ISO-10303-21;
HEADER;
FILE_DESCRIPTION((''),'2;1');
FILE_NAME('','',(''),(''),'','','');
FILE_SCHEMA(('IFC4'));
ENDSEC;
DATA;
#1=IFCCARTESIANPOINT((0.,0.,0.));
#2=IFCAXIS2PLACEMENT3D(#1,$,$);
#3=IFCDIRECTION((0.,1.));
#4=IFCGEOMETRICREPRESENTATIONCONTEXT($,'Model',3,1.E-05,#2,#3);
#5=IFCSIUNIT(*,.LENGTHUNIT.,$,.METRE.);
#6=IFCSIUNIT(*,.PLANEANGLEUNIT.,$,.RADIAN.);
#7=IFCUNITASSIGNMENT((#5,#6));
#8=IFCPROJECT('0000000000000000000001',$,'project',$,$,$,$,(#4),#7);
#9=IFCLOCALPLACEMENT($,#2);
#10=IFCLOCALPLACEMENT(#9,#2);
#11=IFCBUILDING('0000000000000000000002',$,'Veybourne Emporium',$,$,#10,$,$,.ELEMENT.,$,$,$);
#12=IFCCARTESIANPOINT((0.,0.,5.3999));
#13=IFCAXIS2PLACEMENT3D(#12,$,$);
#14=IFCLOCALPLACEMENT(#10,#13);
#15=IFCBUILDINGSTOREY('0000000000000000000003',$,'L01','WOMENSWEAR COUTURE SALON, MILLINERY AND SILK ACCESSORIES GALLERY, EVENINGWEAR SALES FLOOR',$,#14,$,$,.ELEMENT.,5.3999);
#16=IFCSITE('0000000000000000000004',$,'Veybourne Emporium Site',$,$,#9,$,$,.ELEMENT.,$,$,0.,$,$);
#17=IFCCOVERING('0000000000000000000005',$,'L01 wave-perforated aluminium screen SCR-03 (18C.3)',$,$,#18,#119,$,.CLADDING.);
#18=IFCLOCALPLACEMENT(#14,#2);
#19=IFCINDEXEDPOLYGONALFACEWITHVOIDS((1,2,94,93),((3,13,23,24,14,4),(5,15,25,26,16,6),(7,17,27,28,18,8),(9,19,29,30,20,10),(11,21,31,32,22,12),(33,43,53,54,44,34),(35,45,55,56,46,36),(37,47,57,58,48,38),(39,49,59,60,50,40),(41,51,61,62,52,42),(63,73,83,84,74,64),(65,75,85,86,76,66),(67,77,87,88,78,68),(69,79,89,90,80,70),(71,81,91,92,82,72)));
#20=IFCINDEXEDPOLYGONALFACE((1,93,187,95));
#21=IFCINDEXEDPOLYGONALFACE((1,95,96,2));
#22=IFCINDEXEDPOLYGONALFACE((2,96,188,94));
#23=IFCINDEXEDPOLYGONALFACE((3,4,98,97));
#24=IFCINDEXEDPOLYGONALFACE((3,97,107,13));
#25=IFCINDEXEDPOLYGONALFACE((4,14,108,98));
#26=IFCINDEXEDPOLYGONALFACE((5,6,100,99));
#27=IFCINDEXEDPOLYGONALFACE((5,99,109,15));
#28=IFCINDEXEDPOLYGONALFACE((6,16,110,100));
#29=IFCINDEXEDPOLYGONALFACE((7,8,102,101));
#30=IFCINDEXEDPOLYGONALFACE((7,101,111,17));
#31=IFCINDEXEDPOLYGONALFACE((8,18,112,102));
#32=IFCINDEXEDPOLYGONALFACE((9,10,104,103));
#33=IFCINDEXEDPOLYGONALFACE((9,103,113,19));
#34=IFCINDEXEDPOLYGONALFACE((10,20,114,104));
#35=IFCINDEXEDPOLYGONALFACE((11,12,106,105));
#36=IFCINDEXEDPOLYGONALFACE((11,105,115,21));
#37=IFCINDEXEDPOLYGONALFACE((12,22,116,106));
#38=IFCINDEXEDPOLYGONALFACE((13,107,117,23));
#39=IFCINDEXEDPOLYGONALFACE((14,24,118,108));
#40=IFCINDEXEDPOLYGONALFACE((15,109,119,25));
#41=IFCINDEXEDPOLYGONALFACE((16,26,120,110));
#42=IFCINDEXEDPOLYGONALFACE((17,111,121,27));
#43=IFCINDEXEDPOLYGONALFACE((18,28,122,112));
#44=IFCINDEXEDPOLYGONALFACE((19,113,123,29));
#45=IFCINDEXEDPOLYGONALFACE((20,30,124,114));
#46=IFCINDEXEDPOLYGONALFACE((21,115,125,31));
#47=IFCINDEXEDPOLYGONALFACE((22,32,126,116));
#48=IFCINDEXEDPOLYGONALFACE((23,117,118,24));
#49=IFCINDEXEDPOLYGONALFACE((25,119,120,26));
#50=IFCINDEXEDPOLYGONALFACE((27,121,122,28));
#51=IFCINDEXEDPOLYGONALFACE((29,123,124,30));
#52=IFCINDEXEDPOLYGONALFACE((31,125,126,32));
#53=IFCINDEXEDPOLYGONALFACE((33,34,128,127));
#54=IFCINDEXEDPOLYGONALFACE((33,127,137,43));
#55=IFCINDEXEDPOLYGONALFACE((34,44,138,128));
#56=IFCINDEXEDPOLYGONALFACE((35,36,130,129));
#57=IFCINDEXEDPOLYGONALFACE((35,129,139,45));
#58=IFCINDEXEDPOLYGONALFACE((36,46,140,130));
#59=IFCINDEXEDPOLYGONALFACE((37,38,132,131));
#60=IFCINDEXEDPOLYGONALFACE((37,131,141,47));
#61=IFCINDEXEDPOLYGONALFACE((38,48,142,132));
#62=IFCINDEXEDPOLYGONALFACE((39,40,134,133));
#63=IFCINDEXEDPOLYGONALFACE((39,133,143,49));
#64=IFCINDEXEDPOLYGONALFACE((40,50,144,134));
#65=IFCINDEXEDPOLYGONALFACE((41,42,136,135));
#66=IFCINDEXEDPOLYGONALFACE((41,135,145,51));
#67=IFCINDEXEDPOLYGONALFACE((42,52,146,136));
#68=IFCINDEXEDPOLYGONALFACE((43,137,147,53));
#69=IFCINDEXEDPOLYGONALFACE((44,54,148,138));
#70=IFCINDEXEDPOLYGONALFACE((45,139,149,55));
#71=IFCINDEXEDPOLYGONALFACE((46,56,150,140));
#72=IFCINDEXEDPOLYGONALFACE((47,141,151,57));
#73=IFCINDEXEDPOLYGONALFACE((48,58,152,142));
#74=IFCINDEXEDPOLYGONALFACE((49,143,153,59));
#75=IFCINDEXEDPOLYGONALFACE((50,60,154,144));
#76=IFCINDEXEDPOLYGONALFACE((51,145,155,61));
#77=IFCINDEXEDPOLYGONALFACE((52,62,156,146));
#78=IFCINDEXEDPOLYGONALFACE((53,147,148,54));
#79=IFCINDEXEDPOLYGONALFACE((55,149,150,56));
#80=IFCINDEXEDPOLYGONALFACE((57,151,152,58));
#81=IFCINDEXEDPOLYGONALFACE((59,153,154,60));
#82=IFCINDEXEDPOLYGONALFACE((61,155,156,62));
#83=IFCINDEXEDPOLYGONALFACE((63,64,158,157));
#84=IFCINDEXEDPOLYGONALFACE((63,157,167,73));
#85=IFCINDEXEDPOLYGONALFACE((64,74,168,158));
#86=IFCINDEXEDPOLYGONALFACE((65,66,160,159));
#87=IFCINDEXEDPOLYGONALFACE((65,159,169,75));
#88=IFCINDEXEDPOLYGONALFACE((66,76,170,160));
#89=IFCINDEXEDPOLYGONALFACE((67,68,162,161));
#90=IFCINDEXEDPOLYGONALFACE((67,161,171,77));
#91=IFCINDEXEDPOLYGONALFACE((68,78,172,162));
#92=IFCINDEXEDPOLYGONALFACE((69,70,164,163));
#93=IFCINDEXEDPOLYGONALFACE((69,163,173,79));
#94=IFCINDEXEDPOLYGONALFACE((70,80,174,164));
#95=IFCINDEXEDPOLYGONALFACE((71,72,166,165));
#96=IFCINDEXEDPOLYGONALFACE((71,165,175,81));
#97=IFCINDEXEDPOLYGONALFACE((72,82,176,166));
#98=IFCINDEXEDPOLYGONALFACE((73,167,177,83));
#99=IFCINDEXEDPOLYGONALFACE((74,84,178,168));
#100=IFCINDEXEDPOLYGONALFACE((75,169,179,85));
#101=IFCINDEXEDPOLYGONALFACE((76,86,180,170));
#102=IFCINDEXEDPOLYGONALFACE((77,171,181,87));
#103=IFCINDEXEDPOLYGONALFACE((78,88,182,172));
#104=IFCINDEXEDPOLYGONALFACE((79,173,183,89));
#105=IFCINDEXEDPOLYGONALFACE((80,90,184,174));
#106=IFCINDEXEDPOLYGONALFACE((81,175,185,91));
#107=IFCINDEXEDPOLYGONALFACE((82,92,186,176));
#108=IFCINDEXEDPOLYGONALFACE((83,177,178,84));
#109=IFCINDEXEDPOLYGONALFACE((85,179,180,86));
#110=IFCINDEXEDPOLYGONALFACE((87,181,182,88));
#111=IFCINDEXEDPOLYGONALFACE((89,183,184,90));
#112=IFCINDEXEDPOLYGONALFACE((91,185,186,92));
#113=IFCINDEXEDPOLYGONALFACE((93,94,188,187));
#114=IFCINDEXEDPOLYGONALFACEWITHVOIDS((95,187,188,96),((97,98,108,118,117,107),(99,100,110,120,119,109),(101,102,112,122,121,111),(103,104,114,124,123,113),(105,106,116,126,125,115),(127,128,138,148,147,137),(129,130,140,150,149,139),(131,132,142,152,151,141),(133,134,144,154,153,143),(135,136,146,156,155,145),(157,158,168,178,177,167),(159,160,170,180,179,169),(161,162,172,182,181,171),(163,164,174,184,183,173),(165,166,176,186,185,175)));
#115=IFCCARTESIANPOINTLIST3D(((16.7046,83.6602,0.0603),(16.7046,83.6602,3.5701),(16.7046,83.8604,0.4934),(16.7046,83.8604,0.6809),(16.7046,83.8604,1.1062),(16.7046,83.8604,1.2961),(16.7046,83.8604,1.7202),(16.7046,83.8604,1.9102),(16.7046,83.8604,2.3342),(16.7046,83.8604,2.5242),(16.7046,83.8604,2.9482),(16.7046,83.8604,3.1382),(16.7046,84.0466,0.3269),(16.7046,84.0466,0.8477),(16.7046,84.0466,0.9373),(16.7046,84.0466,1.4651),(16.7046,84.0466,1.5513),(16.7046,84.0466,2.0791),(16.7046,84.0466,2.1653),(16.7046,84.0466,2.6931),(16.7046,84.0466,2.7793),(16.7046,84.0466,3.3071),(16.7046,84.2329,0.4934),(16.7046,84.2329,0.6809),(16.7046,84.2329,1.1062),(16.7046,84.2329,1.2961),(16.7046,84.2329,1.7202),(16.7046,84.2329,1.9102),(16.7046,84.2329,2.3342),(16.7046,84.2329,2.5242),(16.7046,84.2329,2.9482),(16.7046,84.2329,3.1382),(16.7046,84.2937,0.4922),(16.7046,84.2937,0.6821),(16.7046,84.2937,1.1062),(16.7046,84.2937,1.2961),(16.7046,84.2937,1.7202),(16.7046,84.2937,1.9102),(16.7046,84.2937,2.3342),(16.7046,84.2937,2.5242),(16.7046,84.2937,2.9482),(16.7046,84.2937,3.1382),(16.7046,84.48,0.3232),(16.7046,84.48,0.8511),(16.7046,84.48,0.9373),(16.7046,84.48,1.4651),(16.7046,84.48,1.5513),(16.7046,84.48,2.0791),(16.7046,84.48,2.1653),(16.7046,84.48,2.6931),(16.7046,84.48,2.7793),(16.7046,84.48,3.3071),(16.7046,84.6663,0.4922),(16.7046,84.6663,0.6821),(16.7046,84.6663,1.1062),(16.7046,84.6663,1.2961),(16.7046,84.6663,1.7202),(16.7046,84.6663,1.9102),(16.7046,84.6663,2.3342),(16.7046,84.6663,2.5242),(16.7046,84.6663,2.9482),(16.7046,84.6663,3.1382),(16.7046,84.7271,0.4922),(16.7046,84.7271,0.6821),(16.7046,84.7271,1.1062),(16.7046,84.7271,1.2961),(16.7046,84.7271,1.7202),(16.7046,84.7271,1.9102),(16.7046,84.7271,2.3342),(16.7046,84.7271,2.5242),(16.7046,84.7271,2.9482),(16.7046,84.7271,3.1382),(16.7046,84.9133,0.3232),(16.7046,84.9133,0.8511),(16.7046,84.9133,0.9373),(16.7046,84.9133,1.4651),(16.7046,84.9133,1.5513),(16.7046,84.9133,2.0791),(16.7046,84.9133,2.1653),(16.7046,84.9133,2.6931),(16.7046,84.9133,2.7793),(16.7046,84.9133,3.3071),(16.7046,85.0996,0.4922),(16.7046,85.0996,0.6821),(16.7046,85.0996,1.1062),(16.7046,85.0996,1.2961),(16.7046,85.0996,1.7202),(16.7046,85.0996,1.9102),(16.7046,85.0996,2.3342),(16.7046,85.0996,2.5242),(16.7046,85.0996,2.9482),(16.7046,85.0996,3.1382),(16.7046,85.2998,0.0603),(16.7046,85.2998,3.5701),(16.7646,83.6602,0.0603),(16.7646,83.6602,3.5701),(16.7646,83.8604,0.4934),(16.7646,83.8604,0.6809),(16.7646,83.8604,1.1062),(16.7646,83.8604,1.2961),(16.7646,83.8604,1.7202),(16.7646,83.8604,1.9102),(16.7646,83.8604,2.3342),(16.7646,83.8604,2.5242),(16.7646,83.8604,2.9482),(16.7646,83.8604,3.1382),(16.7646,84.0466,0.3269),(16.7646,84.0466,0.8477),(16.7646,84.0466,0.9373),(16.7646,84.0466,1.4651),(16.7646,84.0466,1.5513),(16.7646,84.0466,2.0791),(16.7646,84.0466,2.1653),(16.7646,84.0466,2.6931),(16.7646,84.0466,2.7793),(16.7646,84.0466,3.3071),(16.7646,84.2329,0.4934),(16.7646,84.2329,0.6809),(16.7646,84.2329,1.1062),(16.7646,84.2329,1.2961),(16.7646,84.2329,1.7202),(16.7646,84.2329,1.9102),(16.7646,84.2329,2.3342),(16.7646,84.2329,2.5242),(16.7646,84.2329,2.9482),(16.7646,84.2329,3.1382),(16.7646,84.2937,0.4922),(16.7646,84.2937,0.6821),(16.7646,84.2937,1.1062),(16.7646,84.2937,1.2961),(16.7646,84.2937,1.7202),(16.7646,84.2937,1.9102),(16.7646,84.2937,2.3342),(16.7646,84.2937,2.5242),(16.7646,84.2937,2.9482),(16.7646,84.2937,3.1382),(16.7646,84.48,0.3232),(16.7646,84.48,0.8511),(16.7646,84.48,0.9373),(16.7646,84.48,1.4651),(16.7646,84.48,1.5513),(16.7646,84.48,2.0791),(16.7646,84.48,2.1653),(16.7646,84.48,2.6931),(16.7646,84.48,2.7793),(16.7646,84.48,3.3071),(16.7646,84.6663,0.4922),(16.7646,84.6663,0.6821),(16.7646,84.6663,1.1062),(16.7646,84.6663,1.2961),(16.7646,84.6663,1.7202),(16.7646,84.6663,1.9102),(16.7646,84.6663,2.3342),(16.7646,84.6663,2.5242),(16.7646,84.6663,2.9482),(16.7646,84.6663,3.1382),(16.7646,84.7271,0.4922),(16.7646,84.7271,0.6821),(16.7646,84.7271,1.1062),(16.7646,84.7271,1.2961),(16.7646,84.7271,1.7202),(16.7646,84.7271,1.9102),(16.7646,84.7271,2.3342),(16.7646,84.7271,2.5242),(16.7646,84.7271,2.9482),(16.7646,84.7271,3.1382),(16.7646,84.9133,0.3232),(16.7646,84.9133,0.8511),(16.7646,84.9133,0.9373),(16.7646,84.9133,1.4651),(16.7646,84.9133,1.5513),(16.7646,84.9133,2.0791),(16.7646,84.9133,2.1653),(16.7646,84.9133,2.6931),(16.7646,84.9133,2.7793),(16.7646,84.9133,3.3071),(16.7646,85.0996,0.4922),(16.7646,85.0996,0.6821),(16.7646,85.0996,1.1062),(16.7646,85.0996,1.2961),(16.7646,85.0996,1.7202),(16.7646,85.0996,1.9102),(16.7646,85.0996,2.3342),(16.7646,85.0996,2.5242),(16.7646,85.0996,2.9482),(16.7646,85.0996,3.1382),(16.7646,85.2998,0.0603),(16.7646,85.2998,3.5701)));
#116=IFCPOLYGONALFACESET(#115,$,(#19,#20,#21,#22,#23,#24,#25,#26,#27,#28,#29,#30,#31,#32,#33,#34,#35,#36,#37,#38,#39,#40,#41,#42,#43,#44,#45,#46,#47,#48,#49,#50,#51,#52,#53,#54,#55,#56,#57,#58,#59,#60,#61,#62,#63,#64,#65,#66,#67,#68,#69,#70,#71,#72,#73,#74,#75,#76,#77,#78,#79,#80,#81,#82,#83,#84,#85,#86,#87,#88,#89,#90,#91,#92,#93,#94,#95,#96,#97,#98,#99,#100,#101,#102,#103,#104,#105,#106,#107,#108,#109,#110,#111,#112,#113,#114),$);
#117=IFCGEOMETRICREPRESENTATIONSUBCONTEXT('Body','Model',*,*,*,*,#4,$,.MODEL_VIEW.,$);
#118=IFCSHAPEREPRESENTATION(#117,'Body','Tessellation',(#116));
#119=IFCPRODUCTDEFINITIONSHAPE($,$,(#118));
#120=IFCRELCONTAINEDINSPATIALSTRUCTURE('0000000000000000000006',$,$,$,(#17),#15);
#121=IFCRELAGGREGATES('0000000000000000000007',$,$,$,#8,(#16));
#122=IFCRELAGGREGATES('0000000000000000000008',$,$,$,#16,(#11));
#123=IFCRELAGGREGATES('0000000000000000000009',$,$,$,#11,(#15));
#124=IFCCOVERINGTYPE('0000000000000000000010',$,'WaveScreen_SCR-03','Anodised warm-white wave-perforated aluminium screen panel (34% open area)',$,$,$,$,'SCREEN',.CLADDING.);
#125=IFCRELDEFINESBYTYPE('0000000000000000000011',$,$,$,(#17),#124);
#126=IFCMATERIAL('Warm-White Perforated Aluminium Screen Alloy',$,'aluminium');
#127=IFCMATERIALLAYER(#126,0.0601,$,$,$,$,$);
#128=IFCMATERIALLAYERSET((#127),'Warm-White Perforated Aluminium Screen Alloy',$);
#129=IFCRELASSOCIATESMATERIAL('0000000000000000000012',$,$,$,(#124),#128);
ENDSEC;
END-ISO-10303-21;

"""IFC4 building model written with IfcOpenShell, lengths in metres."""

from ifc_helpers import new_model, si_unit, direction, frame, origin, place, context, subcontext, project, spatial, polyline, outline, extrude, material, layer, layer_set, type_object, element, save


model = new_model("IFC4")

# Units and contexts
model_context = context("Model", 3, precision=1e-05, world=origin(), true_north=direction((0.0, 1.0)))
body_context = subcontext(model_context, "Body", "Model", "MODEL_VIEW")
ifc_project = project(units=[si_unit("LENGTHUNIT", "METRE"), si_unit("PLANEANGLEUNIT", "RADIAN")], contexts=[model_context])

# Site, building, storey
site_placement = place(None, origin())
site = spatial("IfcSite", under=ifc_project, at=site_placement, Name="Veybourne Emporium Site", CompositionType="ELEMENT", RefElevation=0.0)
building_placement = place(site_placement, origin())
building = spatial("IfcBuilding", under=site, at=building_placement, Name="Veybourne Emporium", CompositionType="ELEMENT")
storey_placement = place(building_placement, frame((0.0, 0.0, 5.3999)))
storey = spatial("IfcBuildingStorey", under=building, at=storey_placement, Name="L01", Description="WOMENSWEAR COUTURE SALON, MILLINERY AND SILK ACCESSORIES GALLERY, EVENINGWEAR SALES FLOOR", CompositionType="ELEMENT", Elevation=5.3999)

# Covering
ifc_material_1 = material(Name="Warm-White Perforated Aluminium Screen Alloy", Category="aluminium")
ifc_layer_1 = layer(ifc_material_1, 0.0601)
ifc_layer_set_1 = layer_set([ifc_layer_1], Name="Warm-White Perforated Aluminium Screen Alloy")
covering_type_1 = type_object("IfcCoveringType", Name="WaveScreen_SCR-03", Description="Anodised warm-white wave-perforated aluminium screen panel (34% open area)", ElementType="SCREEN", PredefinedType="CLADDING", material=ifc_layer_set_1)
covering_1_placement = place(storey_placement, frame((16.7046, 84.48, 1.8152), z_axis=(1.0, 0.0, 0.0), x_axis=(0.0, 1.0, 0.0)))
element("IfcCovering", 1, at=covering_1_placement, inside=storey, type_object=covering_type_1, Name="L01 wave-perforated aluminium screen SCR-03 (18C.3)", PredefinedType="CLADDING", context=body_context, shape_type="SweptSolid", body=[
    extrude(outline(polyline([(-0.8198, -1.7549), (0.8198, -1.7549), (0.8198, 1.7549), (-0.8198, 1.7549), (-0.8198, -1.7549)]), holes=[polyline([(-0.4333, -0.9675), (-0.2471, -1.1343), (-0.2471, -1.3218), (-0.4333, -1.4883), (-0.6196, -1.3218), (-0.6196, -1.1343), (-0.4333, -0.9675)]), polyline([(-0.4333, -0.3501), (-0.2471, -0.519), (-0.2471, -0.709), (-0.4333, -0.8779), (-0.6196, -0.709), (-0.6196, -0.519), (-0.4333, -0.3501)]), polyline([(-0.4333, 0.2639), (-0.2471, 0.095), (-0.2471, -0.095), (-0.4333, -0.2639), (-0.6196, -0.095), (-0.6196, 0.095), (-0.4333, 0.2639)]), polyline([(-0.4333, 0.8779), (-0.2471, 0.709), (-0.2471, 0.519), (-0.4333, 0.3501), (-0.6196, 0.519), (-0.6196, 0.709), (-0.4333, 0.8779)]), polyline([(-0.4333, 1.4919), (-0.2471, 1.323), (-0.2471, 1.1331), (-0.4333, 0.9641), (-0.6196, 1.1331), (-0.6196, 1.323), (-0.4333, 1.4919)]), polyline([(0.0, -0.9641), (0.1863, -1.1331), (0.1863, -1.323), (0.0, -1.4919), (-0.1863, -1.323), (-0.1863, -1.1331), (0.0, -0.9641)]), polyline([(0.0, -0.3501), (0.1863, -0.519), (0.1863, -0.709), (0.0, -0.8779), (-0.1863, -0.709), (-0.1863, -0.519), (0.0, -0.3501)]), polyline([(0.0, 0.2639), (0.1863, 0.095), (0.1863, -0.095), (0.0, -0.2639), (-0.1863, -0.095), (-0.1863, 0.095), (0.0, 0.2639)]), polyline([(0.0, 0.8779), (0.1863, 0.709), (0.1863, 0.519), (0.0, 0.3501), (-0.1863, 0.519), (-0.1863, 0.709), (0.0, 0.8779)]), polyline([(0.0, 1.4919), (0.1863, 1.323), (0.1863, 1.1331), (0.0, 0.9641), (-0.1863, 1.1331), (-0.1863, 1.323), (0.0, 1.4919)]), polyline([(0.4333, -0.9641), (0.6196, -1.1331), (0.6196, -1.323), (0.4333, -1.4919), (0.2471, -1.323), (0.2471, -1.1331), (0.4333, -0.9641)]), polyline([(0.4333, -0.3501), (0.6196, -0.519), (0.6196, -0.709), (0.4333, -0.8779), (0.2471, -0.709), (0.2471, -0.519), (0.4333, -0.3501)]), polyline([(0.4333, 0.2639), (0.6196, 0.095), (0.6196, -0.095), (0.4333, -0.2639), (0.2471, -0.095), (0.2471, 0.095), (0.4333, 0.2639)]), polyline([(0.4333, 0.8779), (0.6196, 0.709), (0.6196, 0.519), (0.4333, 0.3501), (0.2471, 0.519), (0.2471, 0.709), (0.4333, 0.8779)]), polyline([(0.4333, 1.4919), (0.6196, 1.323), (0.6196, 1.1331), (0.4333, 0.9641), (0.2471, 1.1331), (0.2471, 1.323), (0.4333, 1.4919)])]), origin(), (0.0, 0.0, 1.0), 0.0601),
])

save(model, "model.ifc")
